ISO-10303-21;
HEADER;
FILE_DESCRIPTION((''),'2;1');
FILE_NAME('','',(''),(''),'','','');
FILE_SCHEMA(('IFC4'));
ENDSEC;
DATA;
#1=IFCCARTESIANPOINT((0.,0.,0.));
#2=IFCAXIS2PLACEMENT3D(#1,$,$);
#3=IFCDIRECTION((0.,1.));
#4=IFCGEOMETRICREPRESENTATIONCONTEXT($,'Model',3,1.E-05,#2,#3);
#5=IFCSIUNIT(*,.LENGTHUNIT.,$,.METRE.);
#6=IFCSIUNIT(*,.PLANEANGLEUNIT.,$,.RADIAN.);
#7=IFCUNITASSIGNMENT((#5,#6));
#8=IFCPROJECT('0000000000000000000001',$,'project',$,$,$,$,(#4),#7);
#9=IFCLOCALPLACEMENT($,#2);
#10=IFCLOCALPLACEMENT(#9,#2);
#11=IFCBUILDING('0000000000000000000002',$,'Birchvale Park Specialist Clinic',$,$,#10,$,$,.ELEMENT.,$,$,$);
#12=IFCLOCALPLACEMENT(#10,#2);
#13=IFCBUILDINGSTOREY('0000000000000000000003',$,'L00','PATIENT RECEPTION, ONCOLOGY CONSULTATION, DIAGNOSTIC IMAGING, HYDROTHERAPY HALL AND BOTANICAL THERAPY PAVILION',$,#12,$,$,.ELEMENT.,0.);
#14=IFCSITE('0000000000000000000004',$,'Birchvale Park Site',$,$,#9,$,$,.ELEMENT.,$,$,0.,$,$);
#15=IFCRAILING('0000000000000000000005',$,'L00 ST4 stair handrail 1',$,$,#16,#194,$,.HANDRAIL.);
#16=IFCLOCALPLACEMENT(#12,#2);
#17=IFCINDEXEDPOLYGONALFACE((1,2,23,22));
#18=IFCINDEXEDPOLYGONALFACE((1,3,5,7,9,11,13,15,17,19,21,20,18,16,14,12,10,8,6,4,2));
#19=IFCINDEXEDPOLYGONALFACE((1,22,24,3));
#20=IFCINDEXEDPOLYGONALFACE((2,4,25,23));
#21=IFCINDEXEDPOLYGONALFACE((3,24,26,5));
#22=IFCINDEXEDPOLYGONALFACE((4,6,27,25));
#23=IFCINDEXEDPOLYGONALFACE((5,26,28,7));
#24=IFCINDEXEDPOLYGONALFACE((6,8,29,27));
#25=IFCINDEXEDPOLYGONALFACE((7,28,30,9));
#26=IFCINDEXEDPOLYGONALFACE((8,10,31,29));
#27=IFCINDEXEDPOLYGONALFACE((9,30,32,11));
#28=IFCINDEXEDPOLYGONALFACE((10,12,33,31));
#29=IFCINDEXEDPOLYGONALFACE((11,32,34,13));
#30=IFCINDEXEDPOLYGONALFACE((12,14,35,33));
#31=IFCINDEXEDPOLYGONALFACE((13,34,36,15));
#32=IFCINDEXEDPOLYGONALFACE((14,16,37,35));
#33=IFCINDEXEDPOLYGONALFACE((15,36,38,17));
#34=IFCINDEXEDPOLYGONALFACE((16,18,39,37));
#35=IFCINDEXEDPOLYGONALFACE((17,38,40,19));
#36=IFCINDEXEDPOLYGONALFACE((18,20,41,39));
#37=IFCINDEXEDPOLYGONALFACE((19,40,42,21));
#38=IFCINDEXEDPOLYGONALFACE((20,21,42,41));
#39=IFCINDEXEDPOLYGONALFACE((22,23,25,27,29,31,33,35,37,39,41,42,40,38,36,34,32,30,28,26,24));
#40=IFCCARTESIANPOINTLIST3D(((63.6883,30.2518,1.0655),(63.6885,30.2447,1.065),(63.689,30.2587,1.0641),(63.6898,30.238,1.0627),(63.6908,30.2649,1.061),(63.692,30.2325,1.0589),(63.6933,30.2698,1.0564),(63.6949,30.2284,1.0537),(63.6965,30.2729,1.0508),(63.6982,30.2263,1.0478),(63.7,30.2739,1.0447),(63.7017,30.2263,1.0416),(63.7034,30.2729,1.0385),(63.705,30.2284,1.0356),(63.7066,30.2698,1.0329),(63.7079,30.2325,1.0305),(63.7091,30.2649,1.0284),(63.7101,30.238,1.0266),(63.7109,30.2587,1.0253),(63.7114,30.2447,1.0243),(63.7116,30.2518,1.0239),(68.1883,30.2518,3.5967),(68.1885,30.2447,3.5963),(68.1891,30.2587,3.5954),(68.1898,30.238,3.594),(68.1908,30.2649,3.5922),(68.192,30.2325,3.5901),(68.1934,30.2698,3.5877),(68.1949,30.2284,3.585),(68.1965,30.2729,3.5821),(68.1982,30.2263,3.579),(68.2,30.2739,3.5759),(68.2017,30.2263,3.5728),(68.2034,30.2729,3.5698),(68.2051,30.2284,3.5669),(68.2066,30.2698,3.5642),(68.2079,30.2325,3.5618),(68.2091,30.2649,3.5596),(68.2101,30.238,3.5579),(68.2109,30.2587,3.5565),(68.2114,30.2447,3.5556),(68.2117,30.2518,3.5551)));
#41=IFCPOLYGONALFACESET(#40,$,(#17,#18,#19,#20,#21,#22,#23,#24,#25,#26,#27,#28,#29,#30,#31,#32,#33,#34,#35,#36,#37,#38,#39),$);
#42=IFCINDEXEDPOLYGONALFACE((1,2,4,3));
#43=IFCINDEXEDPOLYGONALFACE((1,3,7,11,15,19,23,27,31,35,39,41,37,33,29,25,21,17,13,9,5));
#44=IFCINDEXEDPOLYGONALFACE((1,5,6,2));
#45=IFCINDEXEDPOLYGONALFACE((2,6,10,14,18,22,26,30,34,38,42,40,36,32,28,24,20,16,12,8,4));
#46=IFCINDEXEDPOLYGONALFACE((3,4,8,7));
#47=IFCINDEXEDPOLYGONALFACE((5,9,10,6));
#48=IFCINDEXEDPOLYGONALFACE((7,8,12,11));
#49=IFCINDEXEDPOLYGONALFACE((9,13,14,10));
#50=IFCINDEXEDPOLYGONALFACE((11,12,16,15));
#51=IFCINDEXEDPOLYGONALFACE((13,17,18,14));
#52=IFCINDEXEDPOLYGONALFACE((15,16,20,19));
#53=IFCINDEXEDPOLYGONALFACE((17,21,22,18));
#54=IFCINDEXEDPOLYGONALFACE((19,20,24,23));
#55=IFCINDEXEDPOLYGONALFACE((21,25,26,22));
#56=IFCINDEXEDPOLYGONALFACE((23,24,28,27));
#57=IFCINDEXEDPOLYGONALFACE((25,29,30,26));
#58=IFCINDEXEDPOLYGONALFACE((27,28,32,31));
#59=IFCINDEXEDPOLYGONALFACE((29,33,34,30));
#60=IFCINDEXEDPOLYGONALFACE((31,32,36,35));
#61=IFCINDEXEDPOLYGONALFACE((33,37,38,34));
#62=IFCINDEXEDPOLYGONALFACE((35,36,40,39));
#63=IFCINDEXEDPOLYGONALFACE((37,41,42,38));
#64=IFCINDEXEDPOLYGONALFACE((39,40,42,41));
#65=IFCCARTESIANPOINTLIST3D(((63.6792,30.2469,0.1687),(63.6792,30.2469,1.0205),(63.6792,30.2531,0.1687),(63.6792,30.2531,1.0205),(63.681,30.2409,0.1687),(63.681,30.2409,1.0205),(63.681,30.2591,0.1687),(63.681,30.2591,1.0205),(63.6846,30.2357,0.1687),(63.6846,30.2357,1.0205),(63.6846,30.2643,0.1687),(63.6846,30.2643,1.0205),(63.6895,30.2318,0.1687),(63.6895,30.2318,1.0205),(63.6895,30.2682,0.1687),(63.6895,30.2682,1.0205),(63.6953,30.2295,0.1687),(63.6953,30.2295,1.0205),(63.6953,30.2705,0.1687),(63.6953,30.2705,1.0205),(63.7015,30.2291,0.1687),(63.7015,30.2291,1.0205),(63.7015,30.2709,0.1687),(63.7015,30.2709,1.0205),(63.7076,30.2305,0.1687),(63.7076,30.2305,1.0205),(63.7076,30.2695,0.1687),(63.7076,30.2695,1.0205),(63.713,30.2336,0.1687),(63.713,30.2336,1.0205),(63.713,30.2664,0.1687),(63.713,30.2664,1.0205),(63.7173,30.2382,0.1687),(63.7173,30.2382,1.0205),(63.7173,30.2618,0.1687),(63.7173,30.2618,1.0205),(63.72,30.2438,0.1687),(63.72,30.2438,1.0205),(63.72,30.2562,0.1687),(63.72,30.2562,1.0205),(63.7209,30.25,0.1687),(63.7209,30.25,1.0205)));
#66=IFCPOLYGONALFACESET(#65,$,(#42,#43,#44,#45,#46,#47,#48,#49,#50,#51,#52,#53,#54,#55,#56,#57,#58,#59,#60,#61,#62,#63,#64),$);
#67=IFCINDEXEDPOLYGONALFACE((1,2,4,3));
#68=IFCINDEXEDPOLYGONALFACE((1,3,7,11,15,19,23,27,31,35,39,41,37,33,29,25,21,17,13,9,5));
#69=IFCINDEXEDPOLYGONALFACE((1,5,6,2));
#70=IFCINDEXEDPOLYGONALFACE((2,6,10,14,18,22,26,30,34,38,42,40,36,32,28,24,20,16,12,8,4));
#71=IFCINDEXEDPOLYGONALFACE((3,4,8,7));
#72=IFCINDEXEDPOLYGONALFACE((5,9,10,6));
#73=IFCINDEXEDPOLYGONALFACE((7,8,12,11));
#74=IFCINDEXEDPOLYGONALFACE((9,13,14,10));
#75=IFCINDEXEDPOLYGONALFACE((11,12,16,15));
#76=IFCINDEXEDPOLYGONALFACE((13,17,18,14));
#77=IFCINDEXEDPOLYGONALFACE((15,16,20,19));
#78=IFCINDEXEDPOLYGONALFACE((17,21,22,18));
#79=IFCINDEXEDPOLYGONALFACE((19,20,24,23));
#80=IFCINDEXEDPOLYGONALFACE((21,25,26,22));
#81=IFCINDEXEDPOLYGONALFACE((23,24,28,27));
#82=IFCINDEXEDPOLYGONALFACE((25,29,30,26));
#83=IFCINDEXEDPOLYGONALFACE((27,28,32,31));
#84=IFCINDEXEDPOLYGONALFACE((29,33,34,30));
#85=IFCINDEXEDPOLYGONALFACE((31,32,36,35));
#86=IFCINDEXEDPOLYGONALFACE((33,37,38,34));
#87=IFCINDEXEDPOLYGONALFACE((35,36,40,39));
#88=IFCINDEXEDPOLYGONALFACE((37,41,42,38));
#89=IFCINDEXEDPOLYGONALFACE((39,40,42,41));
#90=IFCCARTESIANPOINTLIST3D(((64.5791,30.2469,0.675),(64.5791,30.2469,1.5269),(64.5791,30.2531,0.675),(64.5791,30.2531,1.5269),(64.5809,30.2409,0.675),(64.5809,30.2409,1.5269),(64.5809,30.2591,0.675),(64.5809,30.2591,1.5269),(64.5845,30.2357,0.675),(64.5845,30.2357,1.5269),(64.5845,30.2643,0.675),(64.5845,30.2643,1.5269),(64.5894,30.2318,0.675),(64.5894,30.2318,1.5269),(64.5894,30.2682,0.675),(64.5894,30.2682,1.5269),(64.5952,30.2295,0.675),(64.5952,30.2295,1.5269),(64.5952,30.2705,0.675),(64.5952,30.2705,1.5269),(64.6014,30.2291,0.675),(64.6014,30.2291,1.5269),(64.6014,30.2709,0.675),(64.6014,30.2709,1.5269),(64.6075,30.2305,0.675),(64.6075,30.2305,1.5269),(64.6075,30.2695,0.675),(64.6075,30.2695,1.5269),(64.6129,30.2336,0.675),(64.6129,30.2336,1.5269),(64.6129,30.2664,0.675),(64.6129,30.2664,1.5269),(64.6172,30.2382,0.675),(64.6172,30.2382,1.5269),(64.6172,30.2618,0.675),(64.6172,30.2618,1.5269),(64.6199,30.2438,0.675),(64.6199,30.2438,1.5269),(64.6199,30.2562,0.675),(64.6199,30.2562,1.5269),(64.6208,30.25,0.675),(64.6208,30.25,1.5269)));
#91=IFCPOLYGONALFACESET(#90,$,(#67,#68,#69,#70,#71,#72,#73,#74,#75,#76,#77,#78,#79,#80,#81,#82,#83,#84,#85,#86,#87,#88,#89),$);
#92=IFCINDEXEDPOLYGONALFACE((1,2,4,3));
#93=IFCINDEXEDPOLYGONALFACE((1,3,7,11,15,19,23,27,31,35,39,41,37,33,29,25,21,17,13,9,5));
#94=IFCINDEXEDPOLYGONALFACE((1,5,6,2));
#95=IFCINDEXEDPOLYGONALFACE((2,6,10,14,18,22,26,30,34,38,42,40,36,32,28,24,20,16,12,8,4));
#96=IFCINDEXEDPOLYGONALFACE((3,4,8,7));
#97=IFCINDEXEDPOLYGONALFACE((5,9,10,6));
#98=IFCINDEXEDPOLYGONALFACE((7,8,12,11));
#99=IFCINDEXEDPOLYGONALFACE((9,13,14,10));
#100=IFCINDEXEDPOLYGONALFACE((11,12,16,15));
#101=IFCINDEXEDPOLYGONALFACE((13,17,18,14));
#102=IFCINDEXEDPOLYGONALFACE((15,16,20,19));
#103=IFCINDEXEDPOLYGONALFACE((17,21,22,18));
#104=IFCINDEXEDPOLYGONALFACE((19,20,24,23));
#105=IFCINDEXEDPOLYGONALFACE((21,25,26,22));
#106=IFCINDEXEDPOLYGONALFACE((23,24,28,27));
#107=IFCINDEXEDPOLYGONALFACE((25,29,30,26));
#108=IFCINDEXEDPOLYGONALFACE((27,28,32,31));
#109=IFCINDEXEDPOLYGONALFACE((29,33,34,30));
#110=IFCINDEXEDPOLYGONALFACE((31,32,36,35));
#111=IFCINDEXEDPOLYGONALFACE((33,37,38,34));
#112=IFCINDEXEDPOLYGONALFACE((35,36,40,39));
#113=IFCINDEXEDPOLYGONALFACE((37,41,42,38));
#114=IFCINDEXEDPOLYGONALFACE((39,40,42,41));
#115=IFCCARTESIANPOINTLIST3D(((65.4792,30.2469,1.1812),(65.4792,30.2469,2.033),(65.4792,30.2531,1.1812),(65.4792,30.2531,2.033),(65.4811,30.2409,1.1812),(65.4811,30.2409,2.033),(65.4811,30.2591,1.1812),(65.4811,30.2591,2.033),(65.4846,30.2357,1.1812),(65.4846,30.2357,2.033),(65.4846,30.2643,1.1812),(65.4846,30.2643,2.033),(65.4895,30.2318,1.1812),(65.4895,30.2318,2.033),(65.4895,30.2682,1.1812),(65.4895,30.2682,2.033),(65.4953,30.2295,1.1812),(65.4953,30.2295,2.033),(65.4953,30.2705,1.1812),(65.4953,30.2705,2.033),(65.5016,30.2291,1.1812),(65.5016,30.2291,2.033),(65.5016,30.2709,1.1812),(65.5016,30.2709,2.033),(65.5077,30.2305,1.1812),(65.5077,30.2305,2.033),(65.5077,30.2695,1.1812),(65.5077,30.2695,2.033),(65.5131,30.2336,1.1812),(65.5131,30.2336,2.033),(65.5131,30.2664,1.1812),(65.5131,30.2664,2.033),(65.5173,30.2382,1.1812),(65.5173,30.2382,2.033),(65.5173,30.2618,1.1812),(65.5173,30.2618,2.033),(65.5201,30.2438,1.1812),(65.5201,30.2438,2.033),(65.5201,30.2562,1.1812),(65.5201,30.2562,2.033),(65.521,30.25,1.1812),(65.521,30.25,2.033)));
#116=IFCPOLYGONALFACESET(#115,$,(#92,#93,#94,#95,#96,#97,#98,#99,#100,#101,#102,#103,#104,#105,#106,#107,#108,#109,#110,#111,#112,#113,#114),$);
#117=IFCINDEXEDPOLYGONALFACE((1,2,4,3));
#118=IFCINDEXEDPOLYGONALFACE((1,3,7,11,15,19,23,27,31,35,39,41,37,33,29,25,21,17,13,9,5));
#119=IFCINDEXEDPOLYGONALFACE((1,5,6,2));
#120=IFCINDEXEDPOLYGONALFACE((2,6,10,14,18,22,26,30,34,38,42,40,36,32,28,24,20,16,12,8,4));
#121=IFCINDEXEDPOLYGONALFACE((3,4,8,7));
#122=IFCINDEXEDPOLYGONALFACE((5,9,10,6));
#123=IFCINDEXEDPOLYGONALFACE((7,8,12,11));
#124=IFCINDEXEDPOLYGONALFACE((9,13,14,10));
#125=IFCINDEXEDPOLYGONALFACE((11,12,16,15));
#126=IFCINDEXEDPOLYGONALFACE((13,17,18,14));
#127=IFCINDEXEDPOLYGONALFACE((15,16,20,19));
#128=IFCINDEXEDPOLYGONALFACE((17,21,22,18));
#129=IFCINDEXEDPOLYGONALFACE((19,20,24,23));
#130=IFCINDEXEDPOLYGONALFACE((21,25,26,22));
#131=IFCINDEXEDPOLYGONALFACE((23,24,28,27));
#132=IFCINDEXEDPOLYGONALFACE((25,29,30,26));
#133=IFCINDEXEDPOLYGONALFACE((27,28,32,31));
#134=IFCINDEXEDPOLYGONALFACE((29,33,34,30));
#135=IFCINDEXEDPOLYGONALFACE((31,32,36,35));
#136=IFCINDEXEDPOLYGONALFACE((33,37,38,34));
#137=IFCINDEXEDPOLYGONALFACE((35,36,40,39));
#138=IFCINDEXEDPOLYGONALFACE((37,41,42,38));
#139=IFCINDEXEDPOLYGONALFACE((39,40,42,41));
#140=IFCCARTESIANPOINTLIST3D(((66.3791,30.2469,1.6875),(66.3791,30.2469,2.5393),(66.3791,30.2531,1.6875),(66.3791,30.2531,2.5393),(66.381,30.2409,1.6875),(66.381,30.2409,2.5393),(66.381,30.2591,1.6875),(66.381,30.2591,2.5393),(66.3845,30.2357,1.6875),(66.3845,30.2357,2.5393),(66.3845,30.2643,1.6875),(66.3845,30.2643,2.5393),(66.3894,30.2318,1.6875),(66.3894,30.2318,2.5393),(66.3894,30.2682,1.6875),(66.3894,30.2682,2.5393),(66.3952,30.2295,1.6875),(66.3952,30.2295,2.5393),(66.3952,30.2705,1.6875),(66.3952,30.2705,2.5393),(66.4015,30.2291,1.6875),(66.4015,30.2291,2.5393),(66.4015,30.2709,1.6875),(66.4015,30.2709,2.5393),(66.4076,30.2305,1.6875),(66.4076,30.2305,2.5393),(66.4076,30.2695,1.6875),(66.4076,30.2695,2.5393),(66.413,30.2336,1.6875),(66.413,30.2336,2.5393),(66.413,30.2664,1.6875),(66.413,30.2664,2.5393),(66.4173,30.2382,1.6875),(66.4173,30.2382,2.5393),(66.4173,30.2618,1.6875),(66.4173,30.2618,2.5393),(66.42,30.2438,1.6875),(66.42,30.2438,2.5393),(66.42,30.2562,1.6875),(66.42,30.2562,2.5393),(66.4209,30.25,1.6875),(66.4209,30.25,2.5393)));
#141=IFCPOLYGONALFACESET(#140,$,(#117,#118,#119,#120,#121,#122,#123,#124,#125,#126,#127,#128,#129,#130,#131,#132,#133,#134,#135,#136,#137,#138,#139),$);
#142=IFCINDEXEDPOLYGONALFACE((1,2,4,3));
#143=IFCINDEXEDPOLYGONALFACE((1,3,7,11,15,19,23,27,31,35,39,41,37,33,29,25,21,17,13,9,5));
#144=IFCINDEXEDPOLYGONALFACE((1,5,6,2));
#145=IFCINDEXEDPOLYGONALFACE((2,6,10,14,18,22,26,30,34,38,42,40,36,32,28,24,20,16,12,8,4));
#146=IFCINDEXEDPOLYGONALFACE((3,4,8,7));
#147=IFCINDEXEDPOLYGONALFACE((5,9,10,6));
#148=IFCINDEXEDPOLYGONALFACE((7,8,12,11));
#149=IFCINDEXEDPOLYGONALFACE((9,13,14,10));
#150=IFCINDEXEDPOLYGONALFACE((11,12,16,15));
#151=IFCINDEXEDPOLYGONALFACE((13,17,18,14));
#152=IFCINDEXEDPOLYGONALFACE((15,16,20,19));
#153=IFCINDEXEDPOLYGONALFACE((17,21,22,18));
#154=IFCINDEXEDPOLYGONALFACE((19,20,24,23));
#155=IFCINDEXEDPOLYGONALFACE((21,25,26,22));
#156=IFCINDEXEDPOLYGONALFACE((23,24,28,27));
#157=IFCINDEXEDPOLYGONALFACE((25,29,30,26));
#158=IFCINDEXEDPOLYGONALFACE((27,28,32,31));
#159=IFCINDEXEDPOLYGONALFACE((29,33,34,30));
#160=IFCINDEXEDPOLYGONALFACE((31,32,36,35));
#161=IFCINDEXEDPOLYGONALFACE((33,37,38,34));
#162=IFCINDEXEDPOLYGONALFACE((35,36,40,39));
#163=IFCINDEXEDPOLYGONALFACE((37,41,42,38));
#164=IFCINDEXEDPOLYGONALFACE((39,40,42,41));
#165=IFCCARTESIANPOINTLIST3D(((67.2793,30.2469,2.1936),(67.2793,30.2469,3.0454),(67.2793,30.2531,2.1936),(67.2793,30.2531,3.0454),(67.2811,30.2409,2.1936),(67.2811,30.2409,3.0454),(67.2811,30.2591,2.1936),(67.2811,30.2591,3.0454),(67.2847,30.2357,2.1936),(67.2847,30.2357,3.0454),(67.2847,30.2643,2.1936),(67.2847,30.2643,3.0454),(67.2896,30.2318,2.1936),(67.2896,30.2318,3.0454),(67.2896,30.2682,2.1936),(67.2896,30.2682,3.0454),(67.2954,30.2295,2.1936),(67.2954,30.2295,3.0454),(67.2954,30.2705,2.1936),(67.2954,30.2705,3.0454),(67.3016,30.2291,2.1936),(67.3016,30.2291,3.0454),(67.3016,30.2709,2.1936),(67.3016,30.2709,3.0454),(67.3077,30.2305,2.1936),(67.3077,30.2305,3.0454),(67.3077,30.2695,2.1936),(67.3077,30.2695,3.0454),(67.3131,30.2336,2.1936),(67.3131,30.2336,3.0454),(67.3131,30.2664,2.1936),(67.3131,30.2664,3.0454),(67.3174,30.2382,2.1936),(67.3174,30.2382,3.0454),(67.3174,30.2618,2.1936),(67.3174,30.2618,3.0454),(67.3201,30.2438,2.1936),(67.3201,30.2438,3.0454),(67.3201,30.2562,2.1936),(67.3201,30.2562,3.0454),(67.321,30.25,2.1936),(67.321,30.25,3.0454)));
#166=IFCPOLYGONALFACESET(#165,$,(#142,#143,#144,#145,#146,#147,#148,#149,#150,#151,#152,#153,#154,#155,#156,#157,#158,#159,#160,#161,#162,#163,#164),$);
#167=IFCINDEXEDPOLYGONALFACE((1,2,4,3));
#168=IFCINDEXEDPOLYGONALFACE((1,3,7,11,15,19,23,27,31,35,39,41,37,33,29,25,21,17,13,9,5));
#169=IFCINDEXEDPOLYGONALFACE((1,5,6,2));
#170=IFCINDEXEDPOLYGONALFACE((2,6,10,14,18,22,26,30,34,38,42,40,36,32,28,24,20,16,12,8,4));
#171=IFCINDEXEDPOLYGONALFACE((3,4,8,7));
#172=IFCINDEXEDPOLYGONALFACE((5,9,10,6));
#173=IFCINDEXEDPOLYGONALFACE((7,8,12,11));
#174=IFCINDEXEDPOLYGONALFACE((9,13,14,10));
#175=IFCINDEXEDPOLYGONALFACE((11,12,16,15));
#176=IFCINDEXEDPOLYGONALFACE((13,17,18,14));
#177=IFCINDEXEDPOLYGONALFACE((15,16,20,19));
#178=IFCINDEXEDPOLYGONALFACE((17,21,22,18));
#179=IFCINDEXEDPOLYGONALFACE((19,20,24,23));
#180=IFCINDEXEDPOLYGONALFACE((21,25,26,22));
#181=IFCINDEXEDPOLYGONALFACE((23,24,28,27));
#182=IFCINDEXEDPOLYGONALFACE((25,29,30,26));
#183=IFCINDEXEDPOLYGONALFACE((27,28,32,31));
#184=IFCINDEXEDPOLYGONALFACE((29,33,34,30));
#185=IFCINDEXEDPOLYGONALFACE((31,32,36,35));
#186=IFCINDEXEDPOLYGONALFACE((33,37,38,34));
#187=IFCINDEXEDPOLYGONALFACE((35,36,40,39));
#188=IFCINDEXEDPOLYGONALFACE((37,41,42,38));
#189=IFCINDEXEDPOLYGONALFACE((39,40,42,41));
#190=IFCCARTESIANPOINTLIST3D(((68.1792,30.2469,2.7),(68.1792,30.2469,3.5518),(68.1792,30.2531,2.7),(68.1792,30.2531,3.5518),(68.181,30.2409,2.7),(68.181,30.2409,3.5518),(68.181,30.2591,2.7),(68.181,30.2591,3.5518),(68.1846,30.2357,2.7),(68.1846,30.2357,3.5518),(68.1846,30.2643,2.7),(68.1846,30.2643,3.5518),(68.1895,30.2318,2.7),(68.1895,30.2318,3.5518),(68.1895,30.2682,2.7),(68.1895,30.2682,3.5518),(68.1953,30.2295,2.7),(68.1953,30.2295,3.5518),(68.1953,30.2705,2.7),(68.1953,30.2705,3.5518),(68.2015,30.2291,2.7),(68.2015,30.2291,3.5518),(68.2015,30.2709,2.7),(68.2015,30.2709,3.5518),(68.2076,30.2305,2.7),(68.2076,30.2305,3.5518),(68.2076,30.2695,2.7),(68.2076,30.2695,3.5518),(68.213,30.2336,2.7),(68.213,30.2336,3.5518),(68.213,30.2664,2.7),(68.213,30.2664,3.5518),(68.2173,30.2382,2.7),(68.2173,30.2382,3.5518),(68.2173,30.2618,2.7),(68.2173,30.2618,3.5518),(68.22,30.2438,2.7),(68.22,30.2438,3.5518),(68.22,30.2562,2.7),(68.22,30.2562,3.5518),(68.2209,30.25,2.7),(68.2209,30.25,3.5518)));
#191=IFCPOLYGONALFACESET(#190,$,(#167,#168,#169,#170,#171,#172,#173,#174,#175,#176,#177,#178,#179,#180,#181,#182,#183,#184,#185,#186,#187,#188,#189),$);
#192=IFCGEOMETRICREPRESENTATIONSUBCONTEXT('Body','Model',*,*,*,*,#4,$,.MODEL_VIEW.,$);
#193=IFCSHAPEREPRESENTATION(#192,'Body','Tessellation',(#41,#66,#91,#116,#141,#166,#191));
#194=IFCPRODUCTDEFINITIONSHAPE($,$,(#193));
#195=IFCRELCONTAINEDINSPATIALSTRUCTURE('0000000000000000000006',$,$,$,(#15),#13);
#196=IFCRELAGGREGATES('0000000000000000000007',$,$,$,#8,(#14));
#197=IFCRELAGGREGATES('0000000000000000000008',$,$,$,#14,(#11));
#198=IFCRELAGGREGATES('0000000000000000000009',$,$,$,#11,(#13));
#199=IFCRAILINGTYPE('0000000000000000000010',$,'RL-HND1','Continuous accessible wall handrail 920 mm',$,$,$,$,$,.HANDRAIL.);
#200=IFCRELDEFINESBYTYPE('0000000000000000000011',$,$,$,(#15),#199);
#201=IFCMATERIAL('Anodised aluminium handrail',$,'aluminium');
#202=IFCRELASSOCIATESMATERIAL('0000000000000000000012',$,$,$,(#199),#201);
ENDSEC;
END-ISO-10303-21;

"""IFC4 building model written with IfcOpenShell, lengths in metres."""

from ifc_helpers import new_model, si_unit, direction, frame, origin, origin_2d, place, context, subcontext, project, spatial, circle, extrude, material, type_object, element, save


model = new_model("IFC4")

# Units and contexts
model_context = context("Model", 3, precision=1e-05, world=origin(), true_north=direction((0.0, 1.0)))
body_context = subcontext(model_context, "Body", "Model", "MODEL_VIEW")
ifc_project = project(units=[si_unit("LENGTHUNIT", "METRE"), si_unit("PLANEANGLEUNIT", "RADIAN")], contexts=[model_context])

# Site, building, storey
site_placement = place(None, origin())
site = spatial("IfcSite", under=ifc_project, at=site_placement, Name="Birchvale Park Site", CompositionType="ELEMENT", RefElevation=0.0)
building_placement = place(site_placement, origin())
building = spatial("IfcBuilding", under=site, at=building_placement, Name="Birchvale Park Specialist Clinic", CompositionType="ELEMENT")
storey_placement = place(building_placement, origin())
storey = spatial("IfcBuildingStorey", under=building, at=storey_placement, Name="L00", Description="PATIENT RECEPTION, ONCOLOGY CONSULTATION, DIAGNOSTIC IMAGING, HYDROTHERAPY HALL AND BOTANICAL THERAPY PAVILION", CompositionType="ELEMENT", Elevation=0.0)

# Railing
ifc_material_1 = material(Name="Anodised aluminium handrail", Category="aluminium")
railing_type = type_object("IfcRailingType", Name="RL-HND1", Description="Continuous accessible wall handrail 920 mm", PredefinedType="HANDRAIL", material=ifc_material_1)
railing_placement = place(storey_placement, frame((63.7, 30.25, 0.1687)))
element("IfcRailing", 1, at=railing_placement, inside=storey, type_object=railing_type, Name="L00 ST4 stair handrail 1", PredefinedType="HANDRAIL", context=body_context, shape_type="SweptSolid", body=[
    extrude(circle(Radius=0.0239, at=origin_2d()), frame((0.0, 0.0, 0.876), z_axis=(0.871576, 0.0, 0.490261), x_axis=(0.0, 1.0, 0.0)), (0.0, 0.0, 1.0), 5.1631),
    extrude(circle(Radius=0.021, at=origin_2d()), origin(), (0.0, 0.0, 1.0), 0.8518),
    extrude(circle(Radius=0.021, at=origin_2d()), frame((0.8999, 0.0, 0.5063)), (0.0, 0.0, 1.0), 0.8518),
    extrude(circle(Radius=0.021, at=origin_2d()), frame((1.8, 0.0, 1.0125)), (0.0, 0.0, 1.0), 0.8518),
    extrude(circle(Radius=0.021, at=origin_2d()), frame((2.7, 0.0, 1.5188)), (0.0, 0.0, 1.0), 0.8518),
    extrude(circle(Radius=0.021, at=origin_2d()), frame((3.6001, 0.0, 2.0249)), (0.0, 0.0, 1.0), 0.8518),
    extrude(circle(Radius=0.021, at=origin_2d()), frame((4.5, 0.0, 2.5312)), (0.0, 0.0, 1.0), 0.8518),
])

save(model, "model.ifc")
